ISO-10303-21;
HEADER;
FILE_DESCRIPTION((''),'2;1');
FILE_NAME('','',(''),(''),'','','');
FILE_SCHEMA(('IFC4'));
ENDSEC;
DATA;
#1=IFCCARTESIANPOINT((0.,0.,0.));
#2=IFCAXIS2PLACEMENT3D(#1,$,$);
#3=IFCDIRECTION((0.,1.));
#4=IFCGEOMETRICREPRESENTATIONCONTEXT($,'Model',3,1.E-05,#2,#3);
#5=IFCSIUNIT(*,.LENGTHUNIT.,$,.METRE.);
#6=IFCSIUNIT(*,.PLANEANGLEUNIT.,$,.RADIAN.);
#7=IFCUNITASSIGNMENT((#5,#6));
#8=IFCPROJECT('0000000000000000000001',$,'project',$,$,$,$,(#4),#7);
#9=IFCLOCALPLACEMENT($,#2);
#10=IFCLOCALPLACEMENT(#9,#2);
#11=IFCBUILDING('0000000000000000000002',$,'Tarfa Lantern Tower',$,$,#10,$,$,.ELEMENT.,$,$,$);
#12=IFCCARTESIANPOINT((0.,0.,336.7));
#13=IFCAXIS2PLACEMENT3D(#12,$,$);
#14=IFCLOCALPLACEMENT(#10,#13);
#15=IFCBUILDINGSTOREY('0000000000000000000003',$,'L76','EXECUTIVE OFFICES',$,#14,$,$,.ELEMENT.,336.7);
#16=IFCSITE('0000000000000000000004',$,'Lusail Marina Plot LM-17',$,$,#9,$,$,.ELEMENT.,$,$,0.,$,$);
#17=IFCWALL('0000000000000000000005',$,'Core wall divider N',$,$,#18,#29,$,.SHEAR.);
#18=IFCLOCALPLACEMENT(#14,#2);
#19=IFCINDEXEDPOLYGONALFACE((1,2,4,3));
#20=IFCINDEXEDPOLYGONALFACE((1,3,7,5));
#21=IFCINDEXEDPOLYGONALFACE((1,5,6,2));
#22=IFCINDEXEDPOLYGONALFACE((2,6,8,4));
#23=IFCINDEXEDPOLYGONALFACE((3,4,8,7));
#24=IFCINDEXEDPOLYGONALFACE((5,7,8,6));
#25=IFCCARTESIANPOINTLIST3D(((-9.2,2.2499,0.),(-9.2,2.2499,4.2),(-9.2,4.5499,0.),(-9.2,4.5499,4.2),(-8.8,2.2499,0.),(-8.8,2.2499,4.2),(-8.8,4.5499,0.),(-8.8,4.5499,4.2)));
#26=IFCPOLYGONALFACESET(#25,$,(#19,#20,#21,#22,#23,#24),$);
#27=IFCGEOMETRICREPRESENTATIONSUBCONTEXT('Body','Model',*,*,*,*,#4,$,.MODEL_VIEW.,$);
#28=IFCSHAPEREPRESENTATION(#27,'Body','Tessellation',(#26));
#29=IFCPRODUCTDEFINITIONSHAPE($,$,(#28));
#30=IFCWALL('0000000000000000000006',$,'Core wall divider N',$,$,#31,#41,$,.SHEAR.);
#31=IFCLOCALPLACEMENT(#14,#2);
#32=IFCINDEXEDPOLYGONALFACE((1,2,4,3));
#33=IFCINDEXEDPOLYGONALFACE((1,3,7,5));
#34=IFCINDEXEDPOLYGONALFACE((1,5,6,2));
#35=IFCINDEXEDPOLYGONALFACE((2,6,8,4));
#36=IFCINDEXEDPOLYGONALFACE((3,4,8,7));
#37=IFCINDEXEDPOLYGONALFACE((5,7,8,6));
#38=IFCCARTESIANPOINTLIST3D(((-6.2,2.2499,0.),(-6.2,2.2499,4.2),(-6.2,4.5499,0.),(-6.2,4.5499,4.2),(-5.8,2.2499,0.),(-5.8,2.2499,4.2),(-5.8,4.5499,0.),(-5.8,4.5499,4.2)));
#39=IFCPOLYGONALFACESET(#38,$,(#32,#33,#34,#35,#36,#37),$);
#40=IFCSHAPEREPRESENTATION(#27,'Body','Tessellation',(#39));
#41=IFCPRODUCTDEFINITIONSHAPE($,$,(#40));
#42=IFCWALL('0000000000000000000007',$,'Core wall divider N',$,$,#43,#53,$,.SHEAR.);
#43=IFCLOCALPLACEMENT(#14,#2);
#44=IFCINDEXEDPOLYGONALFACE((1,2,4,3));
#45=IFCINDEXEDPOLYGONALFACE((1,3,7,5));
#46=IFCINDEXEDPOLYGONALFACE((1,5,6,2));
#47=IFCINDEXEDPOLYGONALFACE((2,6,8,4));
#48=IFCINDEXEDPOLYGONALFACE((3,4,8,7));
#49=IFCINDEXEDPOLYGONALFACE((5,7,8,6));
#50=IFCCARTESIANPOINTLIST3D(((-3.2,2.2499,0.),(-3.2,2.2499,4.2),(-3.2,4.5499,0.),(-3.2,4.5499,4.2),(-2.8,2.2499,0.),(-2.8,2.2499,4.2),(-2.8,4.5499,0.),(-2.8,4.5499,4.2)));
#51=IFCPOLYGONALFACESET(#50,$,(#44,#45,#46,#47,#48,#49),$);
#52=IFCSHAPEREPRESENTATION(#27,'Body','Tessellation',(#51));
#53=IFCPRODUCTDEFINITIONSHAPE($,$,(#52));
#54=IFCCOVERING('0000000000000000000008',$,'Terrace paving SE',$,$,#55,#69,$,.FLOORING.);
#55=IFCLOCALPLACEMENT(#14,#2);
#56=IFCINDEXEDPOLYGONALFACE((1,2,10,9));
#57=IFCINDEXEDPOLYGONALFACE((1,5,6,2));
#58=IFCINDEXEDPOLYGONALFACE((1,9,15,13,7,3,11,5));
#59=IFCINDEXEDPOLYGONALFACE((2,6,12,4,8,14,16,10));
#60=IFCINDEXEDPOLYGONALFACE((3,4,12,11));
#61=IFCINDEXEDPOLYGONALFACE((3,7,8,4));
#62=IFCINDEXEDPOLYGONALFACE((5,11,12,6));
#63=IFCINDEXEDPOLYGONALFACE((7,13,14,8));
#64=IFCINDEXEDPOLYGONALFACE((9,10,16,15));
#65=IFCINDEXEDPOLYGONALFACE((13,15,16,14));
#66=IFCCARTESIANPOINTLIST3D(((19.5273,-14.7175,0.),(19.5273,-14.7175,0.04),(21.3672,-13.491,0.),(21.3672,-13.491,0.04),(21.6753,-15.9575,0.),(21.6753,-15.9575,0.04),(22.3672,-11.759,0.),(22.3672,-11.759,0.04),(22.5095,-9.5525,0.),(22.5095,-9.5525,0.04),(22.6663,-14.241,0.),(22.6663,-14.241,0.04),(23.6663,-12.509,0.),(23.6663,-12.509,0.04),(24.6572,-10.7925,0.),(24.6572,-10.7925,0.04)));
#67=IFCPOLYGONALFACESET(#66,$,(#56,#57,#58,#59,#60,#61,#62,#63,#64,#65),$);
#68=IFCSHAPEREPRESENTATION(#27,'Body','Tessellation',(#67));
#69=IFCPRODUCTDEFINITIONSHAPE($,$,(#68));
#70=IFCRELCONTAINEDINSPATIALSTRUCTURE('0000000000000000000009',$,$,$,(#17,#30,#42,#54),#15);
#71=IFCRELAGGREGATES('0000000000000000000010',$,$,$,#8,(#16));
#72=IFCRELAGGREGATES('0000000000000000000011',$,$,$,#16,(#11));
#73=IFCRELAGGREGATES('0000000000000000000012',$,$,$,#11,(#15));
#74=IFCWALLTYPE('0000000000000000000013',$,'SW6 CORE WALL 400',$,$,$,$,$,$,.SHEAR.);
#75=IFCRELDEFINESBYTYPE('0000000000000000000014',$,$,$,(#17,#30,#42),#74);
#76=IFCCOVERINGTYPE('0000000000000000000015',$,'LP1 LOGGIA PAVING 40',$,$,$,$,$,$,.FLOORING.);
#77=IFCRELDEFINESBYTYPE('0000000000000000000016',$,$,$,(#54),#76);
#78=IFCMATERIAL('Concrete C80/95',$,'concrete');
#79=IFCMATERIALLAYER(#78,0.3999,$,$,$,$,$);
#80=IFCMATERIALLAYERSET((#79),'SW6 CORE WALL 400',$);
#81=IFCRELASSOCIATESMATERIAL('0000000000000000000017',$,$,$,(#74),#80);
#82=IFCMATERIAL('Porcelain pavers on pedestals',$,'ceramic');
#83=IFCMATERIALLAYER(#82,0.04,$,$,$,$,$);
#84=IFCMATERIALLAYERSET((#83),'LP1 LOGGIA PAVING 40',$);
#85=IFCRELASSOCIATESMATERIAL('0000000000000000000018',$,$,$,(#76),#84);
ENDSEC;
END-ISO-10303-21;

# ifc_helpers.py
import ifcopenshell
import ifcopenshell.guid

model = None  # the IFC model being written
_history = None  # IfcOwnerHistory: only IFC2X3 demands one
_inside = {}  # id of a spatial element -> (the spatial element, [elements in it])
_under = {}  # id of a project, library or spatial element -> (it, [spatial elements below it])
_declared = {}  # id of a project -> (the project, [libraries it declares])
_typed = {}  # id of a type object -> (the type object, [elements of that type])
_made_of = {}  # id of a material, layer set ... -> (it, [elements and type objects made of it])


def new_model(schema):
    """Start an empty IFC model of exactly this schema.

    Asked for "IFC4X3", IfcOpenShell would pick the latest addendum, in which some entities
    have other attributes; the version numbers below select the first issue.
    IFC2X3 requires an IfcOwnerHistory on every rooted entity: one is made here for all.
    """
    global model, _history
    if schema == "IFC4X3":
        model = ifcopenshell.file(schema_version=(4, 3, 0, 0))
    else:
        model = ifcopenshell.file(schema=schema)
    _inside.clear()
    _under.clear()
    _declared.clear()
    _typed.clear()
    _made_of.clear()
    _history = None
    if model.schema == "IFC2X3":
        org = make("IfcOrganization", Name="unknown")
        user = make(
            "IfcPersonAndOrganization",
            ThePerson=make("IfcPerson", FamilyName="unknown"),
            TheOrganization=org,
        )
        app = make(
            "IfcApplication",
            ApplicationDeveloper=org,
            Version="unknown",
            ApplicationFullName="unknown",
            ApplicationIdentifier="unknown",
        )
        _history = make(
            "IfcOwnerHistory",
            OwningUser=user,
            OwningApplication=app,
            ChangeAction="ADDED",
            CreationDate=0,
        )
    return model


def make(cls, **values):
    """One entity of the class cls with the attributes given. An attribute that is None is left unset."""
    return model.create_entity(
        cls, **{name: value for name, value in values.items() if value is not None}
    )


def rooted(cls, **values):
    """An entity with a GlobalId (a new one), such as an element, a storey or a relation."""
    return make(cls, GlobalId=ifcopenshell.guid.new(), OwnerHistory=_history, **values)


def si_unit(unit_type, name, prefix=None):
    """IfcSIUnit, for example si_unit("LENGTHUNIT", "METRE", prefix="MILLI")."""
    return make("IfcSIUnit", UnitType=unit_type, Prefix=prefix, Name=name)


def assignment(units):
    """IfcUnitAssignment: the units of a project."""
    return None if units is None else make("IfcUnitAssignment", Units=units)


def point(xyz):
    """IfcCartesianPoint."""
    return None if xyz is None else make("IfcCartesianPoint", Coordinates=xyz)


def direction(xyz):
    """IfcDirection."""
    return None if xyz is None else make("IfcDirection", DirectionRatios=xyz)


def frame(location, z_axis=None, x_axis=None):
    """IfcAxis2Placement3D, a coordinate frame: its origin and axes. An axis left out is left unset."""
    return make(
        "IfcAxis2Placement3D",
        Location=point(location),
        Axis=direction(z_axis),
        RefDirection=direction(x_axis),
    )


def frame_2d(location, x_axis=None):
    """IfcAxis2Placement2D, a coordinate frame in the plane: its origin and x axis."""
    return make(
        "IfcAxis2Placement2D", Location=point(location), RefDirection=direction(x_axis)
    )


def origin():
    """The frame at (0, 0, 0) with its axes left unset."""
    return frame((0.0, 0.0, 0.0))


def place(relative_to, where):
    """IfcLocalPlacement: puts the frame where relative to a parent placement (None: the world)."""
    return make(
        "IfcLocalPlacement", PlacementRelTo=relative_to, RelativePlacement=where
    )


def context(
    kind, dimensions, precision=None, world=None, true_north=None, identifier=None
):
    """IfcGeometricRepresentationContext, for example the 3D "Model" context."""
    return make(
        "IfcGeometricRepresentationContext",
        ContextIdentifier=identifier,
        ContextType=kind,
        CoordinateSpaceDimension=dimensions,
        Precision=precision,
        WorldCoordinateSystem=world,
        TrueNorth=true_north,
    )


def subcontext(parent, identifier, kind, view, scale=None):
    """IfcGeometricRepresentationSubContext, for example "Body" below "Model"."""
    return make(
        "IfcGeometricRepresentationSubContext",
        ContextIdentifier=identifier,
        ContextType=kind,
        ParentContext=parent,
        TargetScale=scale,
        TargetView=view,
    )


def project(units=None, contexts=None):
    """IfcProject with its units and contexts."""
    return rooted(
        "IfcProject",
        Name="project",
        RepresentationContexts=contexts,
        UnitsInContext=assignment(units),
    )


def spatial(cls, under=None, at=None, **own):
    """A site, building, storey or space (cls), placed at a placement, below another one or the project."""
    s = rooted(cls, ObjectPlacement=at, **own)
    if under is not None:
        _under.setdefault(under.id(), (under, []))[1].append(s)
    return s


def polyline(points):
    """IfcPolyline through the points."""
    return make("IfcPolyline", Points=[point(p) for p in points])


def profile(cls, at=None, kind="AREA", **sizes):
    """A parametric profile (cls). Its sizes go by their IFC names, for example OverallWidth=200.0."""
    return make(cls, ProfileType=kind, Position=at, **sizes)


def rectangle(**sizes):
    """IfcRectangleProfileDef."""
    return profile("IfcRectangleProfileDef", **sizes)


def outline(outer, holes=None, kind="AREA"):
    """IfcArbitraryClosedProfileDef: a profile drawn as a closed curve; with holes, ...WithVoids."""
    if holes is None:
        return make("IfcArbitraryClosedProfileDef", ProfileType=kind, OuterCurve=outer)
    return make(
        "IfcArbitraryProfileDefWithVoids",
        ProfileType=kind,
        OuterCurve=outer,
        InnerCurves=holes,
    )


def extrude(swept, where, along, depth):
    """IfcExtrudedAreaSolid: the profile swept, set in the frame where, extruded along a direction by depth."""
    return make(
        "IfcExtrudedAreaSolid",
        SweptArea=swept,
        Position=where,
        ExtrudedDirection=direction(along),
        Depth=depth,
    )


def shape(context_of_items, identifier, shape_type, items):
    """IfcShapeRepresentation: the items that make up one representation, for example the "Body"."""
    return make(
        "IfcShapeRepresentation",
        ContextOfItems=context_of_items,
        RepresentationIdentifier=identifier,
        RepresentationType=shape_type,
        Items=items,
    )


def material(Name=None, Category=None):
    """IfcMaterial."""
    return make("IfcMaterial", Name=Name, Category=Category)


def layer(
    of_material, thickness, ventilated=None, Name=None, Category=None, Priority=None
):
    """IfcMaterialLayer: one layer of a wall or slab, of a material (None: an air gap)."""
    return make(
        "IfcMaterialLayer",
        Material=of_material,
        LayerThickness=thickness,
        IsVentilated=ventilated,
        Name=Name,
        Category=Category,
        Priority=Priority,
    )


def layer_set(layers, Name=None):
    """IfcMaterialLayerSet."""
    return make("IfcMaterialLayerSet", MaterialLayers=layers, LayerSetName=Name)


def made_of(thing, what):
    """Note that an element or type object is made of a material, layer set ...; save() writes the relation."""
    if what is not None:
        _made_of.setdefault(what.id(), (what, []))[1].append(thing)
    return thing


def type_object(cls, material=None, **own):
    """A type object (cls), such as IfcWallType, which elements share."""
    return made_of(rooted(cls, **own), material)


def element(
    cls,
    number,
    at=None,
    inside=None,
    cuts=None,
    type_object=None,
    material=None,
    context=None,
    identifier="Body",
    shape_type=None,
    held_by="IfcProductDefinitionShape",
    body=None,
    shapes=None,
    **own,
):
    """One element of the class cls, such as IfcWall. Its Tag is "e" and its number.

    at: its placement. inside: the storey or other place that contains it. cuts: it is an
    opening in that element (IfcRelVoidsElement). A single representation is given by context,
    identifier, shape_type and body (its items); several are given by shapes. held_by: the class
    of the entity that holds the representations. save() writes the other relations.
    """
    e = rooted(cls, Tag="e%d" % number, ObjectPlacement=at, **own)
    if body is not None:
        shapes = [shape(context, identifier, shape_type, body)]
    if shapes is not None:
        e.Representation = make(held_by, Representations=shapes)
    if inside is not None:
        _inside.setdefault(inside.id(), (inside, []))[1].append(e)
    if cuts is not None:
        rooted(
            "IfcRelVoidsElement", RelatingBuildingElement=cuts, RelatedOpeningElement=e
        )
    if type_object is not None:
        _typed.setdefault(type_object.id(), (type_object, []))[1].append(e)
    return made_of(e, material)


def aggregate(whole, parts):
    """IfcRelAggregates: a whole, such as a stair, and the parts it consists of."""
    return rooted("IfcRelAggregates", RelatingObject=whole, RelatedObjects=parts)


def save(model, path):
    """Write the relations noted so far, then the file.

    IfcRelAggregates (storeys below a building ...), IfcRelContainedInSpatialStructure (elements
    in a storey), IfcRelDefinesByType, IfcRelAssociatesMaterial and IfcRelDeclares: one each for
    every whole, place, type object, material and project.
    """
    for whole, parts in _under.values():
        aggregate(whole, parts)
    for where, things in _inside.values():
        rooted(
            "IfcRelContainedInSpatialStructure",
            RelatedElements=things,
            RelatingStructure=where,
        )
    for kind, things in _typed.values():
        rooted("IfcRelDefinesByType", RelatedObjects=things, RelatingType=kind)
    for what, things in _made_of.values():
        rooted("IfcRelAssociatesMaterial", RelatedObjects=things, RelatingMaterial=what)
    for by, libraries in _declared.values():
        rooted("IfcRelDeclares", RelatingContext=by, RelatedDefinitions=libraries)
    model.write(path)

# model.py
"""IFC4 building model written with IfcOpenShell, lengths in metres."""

from ifc_helpers import new_model, si_unit, direction, frame, frame_2d, origin, place, context, subcontext, project, spatial, polyline, rectangle, outline, extrude, material, layer, layer_set, type_object, element, save


model = new_model("IFC4")

# Units and contexts
model_context = context("Model", 3, precision=1e-05, world=origin(), true_north=direction((0.0, 1.0)))
body_context = subcontext(model_context, "Body", "Model", "MODEL_VIEW")
ifc_project = project(units=[si_unit("LENGTHUNIT", "METRE"), si_unit("PLANEANGLEUNIT", "RADIAN")], contexts=[model_context])

# Site, building, storey
site_placement = place(None, origin())
site = spatial("IfcSite", under=ifc_project, at=site_placement, Name="Lusail Marina Plot LM-17", CompositionType="ELEMENT", RefElevation=0.0)
building_placement = place(site_placement, origin())
building = spatial("IfcBuilding", under=site, at=building_placement, Name="Tarfa Lantern Tower", CompositionType="ELEMENT")
storey_placement = place(building_placement, frame((0.0, 0.0, 336.7)))
storey = spatial("IfcBuildingStorey", under=building, at=storey_placement, Name="L76", Description="EXECUTIVE OFFICES", CompositionType="ELEMENT", Elevation=336.7)

# Shared definitions
ifc_material_1 = material(Name="Concrete C80/95", Category="concrete")

# Walls
ifc_layer_1 = layer(ifc_material_1, 0.3999)
ifc_layer_set_1 = layer_set([ifc_layer_1], Name="SW6 CORE WALL 400")
wall_type_1 = type_object("IfcWallType", Name="SW6 CORE WALL 400", PredefinedType="SHEAR", material=ifc_layer_set_1)
for number, where, z_axis, x_axis, name in (
    (1, (-9.0, 2.25, 0.0), (0.0, 0.0, 1.0), (0.0, 1.0, 0.0), "Core wall divider N"),
    (2, (-6.0, 2.25, 0.0), (0.0, 0.0, 1.0), (0.0, 1.0, 0.0), "Core wall divider N"),
    (3, (-3.0, 2.25, 0.0), (0.0, 0.0, 1.0), (0.0, 1.0, 0.0), "Core wall divider N"),
):
    element("IfcWall", number, at=place(storey_placement, frame(where, z_axis=z_axis, x_axis=x_axis)), inside=storey, type_object=wall_type_1, Name=name, PredefinedType="SHEAR", context=body_context, shape_type="SweptSolid", body=[
        extrude(rectangle(XDim=2.3, YDim=0.3999, at=frame_2d((1.1499, 0.0))), origin(), (0.0, 0.0, 1.0), 4.2),
    ])

# Covering
ifc_material_2 = material(Name="Porcelain pavers on pedestals", Category="ceramic")
ifc_layer_2 = layer(ifc_material_2, 0.04)
ifc_layer_set_2 = layer_set([ifc_layer_2], Name="LP1 LOGGIA PAVING 40")
covering_type = type_object("IfcCoveringType", Name="LP1 LOGGIA PAVING 40", PredefinedType="FLOORING", material=ifc_layer_set_2)
covering_placement = place(storey_placement, origin())
element("IfcCovering", 4, at=covering_placement, inside=storey, type_object=covering_type, Name="Terrace paving SE", PredefinedType="FLOORING", context=body_context, shape_type="SweptSolid", body=[
    extrude(outline(polyline([(21.6753, -15.9575), (19.5273, -14.7175), (22.5095, -9.5525), (24.6572, -10.7925), (23.6663, -12.509), (22.3672, -11.759), (21.3672, -13.491), (22.6663, -14.241), (21.6753, -15.9575)])), origin(), (0.0, 0.0, 1.0), 0.04),
])

save(model, "model.ifc")
